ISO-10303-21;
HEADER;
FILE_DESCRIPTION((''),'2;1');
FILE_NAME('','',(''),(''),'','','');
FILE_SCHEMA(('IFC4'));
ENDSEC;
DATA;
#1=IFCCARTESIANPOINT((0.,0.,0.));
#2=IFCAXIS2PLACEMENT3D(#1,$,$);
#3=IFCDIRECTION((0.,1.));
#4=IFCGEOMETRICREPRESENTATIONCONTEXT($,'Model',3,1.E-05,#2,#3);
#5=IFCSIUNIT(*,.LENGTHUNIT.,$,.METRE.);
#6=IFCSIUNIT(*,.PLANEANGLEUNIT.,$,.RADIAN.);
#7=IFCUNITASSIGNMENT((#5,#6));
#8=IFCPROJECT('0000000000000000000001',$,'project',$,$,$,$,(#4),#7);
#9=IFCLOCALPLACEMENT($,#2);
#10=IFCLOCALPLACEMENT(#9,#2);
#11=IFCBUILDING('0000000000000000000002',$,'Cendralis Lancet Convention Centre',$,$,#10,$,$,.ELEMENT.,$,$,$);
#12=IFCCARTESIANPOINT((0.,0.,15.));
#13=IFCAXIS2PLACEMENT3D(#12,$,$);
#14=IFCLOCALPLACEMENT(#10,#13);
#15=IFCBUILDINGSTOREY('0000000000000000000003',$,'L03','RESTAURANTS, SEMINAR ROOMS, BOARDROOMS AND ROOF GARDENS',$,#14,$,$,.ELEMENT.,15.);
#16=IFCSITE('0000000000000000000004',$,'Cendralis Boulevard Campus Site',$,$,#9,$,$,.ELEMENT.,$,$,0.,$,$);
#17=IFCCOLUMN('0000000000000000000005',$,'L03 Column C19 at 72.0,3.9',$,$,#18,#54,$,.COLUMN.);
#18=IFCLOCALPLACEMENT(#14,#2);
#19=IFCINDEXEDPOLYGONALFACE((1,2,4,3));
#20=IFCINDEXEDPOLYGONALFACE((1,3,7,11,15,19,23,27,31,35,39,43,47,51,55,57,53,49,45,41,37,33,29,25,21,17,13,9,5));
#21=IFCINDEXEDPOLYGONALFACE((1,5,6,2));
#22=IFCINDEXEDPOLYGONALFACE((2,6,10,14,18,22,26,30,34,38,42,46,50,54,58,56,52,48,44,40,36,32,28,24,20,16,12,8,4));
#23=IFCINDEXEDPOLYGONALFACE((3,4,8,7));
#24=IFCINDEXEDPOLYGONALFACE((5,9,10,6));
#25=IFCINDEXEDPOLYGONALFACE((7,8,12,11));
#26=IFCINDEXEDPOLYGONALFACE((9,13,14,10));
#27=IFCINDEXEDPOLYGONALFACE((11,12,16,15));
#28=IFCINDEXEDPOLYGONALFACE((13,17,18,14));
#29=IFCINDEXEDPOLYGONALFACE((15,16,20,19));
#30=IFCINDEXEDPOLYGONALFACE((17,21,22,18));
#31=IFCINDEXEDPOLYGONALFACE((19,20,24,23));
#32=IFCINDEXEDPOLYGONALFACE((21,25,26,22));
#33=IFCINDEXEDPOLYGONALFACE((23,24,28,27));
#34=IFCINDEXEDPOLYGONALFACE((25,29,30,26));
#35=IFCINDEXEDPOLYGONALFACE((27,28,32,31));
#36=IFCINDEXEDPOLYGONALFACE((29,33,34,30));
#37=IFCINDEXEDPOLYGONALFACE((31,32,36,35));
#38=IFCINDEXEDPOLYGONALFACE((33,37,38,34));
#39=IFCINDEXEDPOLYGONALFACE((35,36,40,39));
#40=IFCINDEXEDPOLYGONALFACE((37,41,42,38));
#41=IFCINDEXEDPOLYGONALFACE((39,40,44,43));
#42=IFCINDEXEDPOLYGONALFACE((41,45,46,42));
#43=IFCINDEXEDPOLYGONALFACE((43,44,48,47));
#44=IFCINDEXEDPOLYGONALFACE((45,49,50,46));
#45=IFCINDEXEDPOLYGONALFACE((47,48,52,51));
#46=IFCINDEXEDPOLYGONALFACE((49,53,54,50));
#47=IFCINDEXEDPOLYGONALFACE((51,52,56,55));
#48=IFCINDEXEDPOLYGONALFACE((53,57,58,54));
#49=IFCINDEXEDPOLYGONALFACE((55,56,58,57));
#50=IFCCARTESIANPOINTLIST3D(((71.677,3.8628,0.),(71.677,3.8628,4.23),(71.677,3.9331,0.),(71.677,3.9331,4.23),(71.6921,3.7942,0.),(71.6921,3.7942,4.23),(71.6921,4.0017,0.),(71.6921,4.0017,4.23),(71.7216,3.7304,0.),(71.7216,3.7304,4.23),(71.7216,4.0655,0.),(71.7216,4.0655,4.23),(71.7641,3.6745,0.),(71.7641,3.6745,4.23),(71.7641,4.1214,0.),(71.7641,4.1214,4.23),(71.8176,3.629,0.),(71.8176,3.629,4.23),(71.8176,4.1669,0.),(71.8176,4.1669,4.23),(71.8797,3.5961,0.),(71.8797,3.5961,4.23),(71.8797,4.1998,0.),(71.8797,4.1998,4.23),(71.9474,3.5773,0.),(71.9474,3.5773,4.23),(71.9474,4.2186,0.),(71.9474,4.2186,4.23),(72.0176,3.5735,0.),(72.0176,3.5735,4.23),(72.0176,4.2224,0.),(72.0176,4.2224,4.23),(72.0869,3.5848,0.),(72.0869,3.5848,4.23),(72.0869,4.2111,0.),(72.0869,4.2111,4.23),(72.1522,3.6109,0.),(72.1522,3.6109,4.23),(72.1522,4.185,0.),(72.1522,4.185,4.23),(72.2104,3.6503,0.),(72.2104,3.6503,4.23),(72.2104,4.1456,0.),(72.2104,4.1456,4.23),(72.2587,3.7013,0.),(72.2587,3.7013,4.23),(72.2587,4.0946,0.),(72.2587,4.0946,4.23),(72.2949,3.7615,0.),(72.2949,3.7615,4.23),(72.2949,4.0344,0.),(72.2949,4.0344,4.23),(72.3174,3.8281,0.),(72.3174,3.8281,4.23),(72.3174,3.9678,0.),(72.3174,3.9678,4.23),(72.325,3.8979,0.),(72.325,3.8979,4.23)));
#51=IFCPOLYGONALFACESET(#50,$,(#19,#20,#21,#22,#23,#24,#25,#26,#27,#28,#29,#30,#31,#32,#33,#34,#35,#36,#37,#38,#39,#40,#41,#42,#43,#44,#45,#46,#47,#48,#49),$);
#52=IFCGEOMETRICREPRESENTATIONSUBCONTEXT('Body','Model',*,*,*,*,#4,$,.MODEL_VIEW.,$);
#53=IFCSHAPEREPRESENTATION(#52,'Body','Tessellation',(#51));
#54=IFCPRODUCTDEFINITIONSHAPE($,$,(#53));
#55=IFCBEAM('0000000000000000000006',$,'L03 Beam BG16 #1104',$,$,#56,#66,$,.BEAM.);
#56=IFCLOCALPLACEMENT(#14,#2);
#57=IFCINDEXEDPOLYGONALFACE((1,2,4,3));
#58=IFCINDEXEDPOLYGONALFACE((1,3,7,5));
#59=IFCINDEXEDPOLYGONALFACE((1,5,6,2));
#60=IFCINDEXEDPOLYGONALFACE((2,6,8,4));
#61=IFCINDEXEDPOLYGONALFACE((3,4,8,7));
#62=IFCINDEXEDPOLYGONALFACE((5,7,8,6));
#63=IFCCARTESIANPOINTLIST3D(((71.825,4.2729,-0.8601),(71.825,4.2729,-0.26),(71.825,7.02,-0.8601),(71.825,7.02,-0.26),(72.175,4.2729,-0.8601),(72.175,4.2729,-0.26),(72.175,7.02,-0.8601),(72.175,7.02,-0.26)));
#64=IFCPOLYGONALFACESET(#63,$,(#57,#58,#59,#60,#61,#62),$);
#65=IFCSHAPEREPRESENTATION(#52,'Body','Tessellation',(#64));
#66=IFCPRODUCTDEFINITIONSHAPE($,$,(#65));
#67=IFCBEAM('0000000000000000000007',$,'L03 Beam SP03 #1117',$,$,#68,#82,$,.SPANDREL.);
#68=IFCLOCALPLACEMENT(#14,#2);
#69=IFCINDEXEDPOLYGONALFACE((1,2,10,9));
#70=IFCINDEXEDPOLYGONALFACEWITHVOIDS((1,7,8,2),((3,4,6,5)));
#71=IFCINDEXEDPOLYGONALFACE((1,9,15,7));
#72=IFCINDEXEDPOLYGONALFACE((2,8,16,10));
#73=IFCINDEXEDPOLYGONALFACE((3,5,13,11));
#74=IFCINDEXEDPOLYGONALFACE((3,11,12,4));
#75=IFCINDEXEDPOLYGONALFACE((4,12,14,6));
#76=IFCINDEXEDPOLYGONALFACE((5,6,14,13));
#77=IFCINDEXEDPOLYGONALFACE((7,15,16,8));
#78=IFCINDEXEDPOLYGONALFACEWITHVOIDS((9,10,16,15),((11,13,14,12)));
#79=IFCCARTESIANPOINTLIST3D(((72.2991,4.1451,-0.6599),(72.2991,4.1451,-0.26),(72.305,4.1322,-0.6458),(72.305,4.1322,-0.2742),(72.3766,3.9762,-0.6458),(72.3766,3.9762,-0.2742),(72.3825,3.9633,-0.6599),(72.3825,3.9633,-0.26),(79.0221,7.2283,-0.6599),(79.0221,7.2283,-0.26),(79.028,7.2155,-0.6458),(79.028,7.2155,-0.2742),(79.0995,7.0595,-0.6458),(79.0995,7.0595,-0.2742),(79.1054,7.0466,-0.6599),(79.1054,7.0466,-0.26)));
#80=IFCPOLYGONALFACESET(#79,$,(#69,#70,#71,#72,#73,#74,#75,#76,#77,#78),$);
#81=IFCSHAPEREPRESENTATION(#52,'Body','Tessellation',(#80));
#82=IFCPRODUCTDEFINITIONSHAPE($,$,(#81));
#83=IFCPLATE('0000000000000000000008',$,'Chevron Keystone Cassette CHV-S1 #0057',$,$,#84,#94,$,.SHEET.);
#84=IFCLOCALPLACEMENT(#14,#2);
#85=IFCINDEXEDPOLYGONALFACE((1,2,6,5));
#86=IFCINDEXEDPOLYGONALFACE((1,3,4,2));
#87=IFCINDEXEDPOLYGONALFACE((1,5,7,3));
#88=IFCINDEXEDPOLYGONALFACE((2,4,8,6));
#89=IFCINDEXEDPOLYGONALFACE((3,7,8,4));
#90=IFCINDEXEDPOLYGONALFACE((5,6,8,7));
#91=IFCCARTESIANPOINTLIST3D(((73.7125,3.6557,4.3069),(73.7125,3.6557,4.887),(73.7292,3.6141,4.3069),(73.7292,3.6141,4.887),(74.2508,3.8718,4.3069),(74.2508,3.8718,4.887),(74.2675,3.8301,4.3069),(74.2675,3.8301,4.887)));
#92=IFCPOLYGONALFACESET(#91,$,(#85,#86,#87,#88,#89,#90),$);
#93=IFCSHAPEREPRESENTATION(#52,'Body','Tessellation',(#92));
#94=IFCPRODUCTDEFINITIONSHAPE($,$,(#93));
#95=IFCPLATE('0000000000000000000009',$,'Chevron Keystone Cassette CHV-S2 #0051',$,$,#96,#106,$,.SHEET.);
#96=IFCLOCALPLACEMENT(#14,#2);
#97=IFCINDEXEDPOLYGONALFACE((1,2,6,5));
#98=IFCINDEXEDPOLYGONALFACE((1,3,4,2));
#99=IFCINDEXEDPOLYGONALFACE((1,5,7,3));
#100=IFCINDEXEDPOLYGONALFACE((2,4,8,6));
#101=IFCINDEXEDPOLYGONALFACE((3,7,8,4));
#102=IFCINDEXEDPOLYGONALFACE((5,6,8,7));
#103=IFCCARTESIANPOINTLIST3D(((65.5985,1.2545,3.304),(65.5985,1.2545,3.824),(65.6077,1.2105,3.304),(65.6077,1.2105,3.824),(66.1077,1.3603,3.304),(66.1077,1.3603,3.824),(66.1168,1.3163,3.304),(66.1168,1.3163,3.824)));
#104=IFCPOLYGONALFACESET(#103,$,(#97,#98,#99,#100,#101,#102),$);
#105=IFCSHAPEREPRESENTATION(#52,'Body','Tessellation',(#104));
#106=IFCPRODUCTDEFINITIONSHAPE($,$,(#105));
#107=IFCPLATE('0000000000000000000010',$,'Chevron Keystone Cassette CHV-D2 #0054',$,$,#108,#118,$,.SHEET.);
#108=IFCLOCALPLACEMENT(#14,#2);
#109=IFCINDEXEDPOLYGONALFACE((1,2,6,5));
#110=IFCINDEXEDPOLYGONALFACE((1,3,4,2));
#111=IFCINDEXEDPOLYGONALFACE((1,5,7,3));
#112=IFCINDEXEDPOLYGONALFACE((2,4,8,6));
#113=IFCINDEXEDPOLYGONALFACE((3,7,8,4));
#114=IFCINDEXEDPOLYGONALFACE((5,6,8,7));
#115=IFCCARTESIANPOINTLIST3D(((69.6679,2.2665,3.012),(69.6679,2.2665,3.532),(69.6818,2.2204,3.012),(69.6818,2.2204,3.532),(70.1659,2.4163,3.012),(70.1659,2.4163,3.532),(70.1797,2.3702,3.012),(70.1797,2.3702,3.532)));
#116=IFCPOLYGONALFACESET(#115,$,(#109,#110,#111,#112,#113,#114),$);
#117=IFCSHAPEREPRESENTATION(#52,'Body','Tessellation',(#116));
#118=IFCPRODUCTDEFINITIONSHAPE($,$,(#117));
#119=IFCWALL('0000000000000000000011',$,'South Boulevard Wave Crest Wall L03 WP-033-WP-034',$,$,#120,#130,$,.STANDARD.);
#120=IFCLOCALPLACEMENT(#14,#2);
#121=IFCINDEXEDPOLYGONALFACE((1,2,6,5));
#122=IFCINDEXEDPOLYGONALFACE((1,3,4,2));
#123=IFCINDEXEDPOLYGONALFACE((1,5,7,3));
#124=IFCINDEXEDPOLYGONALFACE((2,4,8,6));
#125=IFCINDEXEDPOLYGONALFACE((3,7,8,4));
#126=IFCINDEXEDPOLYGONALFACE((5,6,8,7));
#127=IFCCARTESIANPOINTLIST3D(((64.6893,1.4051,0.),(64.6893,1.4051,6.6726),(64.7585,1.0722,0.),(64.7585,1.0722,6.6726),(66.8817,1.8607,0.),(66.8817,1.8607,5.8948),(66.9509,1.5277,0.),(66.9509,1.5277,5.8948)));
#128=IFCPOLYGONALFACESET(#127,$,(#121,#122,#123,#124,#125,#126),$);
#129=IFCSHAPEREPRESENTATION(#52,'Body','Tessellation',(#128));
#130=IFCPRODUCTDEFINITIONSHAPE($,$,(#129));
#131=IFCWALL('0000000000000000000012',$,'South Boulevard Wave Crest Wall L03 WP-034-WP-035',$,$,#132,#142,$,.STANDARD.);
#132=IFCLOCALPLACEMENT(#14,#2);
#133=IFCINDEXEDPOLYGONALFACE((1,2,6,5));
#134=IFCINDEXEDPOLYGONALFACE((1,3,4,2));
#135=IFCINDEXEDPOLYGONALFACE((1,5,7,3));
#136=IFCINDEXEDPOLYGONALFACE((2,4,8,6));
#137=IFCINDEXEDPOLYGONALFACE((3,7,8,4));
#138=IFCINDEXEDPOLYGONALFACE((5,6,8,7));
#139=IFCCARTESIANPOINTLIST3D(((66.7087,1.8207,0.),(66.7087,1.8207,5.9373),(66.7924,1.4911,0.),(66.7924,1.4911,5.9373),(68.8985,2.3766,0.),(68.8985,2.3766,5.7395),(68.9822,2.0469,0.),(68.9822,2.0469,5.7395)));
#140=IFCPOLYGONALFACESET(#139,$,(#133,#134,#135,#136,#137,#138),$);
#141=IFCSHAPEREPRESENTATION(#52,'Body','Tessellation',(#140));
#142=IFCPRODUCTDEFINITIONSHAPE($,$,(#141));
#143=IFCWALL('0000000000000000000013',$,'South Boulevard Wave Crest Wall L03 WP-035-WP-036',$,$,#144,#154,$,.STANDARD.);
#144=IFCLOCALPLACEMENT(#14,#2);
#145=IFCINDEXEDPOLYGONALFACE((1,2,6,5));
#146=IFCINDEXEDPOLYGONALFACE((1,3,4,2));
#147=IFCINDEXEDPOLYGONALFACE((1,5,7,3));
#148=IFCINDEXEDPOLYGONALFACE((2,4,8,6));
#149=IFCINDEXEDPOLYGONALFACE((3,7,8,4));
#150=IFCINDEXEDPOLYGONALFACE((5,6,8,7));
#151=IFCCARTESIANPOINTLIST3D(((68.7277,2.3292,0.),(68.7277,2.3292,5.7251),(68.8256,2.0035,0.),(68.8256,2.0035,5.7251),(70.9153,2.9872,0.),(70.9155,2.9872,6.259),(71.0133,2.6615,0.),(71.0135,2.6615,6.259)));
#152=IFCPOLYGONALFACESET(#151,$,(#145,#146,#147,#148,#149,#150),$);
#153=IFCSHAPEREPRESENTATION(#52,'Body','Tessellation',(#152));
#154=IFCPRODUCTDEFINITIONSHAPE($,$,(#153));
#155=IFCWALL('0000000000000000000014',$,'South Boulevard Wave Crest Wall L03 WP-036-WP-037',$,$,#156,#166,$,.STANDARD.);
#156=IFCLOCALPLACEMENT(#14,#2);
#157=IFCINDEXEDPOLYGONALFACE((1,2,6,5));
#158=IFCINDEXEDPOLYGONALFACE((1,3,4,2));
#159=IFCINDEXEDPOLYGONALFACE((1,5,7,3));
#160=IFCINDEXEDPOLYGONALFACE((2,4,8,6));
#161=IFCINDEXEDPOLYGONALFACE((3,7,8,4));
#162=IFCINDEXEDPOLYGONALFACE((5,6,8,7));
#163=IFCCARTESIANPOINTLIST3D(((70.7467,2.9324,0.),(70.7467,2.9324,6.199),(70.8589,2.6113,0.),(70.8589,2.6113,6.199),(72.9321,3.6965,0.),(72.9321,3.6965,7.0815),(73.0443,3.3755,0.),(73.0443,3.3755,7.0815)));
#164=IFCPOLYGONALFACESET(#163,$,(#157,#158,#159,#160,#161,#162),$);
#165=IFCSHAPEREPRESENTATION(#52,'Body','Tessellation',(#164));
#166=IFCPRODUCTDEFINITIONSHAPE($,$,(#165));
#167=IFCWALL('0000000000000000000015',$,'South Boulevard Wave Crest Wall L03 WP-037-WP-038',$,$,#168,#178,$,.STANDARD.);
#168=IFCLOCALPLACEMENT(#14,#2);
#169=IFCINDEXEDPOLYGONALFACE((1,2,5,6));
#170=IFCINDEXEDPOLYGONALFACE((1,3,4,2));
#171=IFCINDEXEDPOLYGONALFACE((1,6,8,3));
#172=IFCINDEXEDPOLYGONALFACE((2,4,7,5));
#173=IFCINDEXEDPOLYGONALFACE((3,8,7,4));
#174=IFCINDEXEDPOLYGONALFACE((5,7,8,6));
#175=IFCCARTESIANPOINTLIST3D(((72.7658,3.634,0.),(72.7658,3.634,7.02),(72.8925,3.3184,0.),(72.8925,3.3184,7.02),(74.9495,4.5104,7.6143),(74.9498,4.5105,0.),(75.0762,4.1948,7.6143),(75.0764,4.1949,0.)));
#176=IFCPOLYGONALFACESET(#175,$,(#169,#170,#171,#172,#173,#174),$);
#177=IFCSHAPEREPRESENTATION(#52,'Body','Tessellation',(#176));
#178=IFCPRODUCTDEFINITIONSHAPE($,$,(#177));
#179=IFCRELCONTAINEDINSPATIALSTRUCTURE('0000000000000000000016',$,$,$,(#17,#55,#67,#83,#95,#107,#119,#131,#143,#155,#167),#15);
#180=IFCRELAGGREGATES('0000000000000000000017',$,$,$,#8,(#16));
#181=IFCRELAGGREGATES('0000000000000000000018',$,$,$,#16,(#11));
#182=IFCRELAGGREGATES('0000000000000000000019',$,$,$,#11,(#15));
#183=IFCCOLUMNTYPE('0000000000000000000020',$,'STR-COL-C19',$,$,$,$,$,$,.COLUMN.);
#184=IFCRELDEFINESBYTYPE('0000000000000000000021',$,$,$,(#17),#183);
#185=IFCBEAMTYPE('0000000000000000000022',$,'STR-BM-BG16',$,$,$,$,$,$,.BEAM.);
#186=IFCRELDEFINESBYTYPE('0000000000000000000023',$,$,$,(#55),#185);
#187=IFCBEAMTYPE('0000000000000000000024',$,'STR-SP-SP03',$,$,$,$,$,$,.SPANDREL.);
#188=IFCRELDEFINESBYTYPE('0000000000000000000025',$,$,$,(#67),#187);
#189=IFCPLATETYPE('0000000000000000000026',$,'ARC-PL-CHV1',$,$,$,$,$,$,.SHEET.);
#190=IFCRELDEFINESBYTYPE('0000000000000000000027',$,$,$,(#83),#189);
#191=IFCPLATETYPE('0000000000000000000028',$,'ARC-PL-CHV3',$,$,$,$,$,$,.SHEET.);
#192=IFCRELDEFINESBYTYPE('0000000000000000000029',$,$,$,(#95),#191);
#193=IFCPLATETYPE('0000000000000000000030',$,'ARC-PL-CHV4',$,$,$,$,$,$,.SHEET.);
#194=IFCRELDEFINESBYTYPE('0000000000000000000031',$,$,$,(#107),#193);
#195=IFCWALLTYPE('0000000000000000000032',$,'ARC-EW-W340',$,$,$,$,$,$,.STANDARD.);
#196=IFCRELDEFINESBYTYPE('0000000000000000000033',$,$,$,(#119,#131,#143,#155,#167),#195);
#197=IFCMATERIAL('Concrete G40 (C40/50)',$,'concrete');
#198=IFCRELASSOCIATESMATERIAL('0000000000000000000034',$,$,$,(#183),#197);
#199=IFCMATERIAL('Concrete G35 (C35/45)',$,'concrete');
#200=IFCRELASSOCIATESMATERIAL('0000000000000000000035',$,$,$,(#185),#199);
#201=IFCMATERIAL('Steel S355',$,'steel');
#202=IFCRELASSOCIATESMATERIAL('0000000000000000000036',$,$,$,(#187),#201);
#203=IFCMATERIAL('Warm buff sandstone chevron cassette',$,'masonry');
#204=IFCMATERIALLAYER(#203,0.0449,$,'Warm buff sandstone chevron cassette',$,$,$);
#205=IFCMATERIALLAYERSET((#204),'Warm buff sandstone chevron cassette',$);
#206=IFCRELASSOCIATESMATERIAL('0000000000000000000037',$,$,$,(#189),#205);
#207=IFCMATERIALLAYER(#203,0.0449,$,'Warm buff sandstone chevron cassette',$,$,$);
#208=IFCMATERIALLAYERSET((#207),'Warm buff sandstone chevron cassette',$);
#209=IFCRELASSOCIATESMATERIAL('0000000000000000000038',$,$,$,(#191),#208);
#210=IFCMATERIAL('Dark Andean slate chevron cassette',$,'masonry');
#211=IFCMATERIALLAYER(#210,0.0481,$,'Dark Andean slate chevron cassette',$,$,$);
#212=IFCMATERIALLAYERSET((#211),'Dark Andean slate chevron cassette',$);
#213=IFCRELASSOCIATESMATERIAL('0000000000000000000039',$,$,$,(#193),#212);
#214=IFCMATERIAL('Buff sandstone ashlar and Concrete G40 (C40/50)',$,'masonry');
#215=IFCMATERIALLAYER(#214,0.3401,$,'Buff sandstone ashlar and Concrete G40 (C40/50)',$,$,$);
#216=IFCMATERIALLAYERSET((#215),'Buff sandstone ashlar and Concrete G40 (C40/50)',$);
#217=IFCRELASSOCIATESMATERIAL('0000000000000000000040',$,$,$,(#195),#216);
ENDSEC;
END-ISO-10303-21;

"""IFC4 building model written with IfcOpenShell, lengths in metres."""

from ifc_helpers import new_model, si_unit, direction, frame, origin, origin_2d, place, context, subcontext, project, spatial, polyline, rectangle, hollow_rectangle, circle, outline, extrude, material, layer, layer_set, material_profile, profile_set, type_object, element, save


model = new_model("IFC4")

# Units and contexts
model_context = context("Model", 3, precision=1e-05, world=origin(), true_north=direction((0.0, 1.0)))
body_context = subcontext(model_context, "Body", "Model", "MODEL_VIEW")
ifc_project = project(units=[si_unit("LENGTHUNIT", "METRE"), si_unit("PLANEANGLEUNIT", "RADIAN")], contexts=[model_context])

# Site, building, storey
site_placement = place(None, origin())
site = spatial("IfcSite", under=ifc_project, at=site_placement, Name="Cendralis Boulevard Campus Site", CompositionType="ELEMENT", RefElevation=0.0)
building_placement = place(site_placement, origin())
building = spatial("IfcBuilding", under=site, at=building_placement, Name="Cendralis Lancet Convention Centre", CompositionType="ELEMENT")
storey_placement = place(building_placement, frame((0.0, 0.0, 15.0)))
storey = spatial("IfcBuildingStorey", under=building, at=storey_placement, Name="L03", Description="RESTAURANTS, SEMINAR ROOMS, BOARDROOMS AND ROOF GARDENS", CompositionType="ELEMENT", Elevation=15.0)

# Column
ifc_material_1 = material(Name="Concrete G40 (C40/50)", Category="concrete")
ifc_material_profile_1 = material_profile(ifc_material_1, circle(Radius=0.325, at=origin_2d()), Name="RC D650")
ifc_profile_set_1 = profile_set([ifc_material_profile_1], Name="Concrete G40 (C40/50)")
column_type = type_object("IfcColumnType", Name="STR-COL-C19", PredefinedType="COLUMN", material=ifc_profile_set_1)
column_placement = place(storey_placement, frame((72.0, 3.8979, 0.0), z_axis=(0.0, 0.0, 1.0), x_axis=(1.0, 0.0, 0.0)))
element("IfcColumn", 1, at=column_placement, inside=storey, type_object=column_type, Name="L03 Column C19 at 72.0,3.9", PredefinedType="COLUMN", context=body_context, shape_type="SweptSolid", body=[
    extrude(circle(Radius=0.325, at=origin_2d()), origin(), (0.0, 0.0, 1.0), 4.23),
])

# Beams
ifc_material_2 = material(Name="Concrete G35 (C35/45)", Category="concrete")
ifc_material_profile_2 = material_profile(ifc_material_2, rectangle(XDim=0.3501, YDim=0.6001, at=origin_2d()), Name="RCB 350x600")
ifc_profile_set_2 = profile_set([ifc_material_profile_2], Name="Concrete G35 (C35/45)")
beam_type_1 = type_object("IfcBeamType", Name="STR-BM-BG16", PredefinedType="BEAM", material=ifc_profile_set_2)
beam_1_placement = place(storey_placement, frame((72.0, 4.2729, -0.5601), z_axis=(0.0, 1.0, 0.0), x_axis=(-1.0, 0.0, 0.0)))
element("IfcBeam", 2, at=beam_1_placement, inside=storey, type_object=beam_type_1, Name="L03 Beam BG16 #1104", PredefinedType="BEAM", context=body_context, shape_type="SweptSolid", body=[
    extrude(rectangle(XDim=0.3501, YDim=0.6001, at=origin_2d()), origin(), (0.0, 0.0, 1.0), 2.7471),
])
ifc_material_3 = material(Name="Steel S355", Category="steel")
ifc_material_profile_3 = material_profile(ifc_material_3, hollow_rectangle(XDim=0.2, YDim=0.3999, WallThickness=0.0142, at=origin_2d()), Name="RHS 400x200x14.2")
ifc_profile_set_3 = profile_set([ifc_material_profile_3], Name="Steel S355")
beam_type_2 = type_object("IfcBeamType", Name="STR-SP-SP03", PredefinedType="SPANDREL", material=ifc_profile_set_3)
beam_2_placement = place(storey_placement, frame((72.3408, 4.0542, -0.46), z_axis=(0.908966, 0.41687, 0.0), x_axis=(-0.41687, 0.908966, 0.0)))
element("IfcBeam", 3, at=beam_2_placement, inside=storey, type_object=beam_type_2, Name="L03 Beam SP03 #1117", PredefinedType="SPANDREL", context=body_context, shape_type="SweptSolid", body=[
    extrude(hollow_rectangle(XDim=0.2, YDim=0.3999, WallThickness=0.0142, at=origin_2d()), origin(), (0.0, 0.0, 1.0), 7.3962),
])

# Plates
ifc_material_4 = material(Name="Warm buff sandstone chevron cassette", Category="masonry")
ifc_layer_1 = layer(ifc_material_4, 0.0449, Name="Warm buff sandstone chevron cassette")
ifc_layer_set_1 = layer_set([ifc_layer_1], Name="Warm buff sandstone chevron cassette")
plate_type_1 = type_object("IfcPlateType", Name="ARC-PL-CHV1", PredefinedType="SHEET", material=ifc_layer_set_1)
plate_1_placement = place(storey_placement, frame((73.99, 3.7429, 4.3069), z_axis=(0.0, 0.0, 1.0), x_axis=(0.928064, 0.372421, 0.0)))
element("IfcPlate", 4, at=plate_1_placement, inside=storey, type_object=plate_type_1, Name="Chevron Keystone Cassette CHV-S1 #0057", PredefinedType="SHEET", context=body_context, shape_type="SweptSolid", body=[
    extrude(rectangle(XDim=0.5801, YDim=0.0449, at=origin_2d()), origin(), (0.0, 0.0, 1.0), 0.5801),
])
ifc_layer_2 = layer(ifc_material_4, 0.0449, Name="Warm buff sandstone chevron cassette")
ifc_layer_set_2 = layer_set([ifc_layer_2], Name="Warm buff sandstone chevron cassette")
plate_type_2 = type_object("IfcPlateType", Name="ARC-PL-CHV3", PredefinedType="SHEET", material=ifc_layer_set_2)
plate_2_placement = place(storey_placement, frame((65.8577, 1.2854, 3.304), z_axis=(0.0, 0.0, 1.0), x_axis=(0.979085, 0.203454, 0.0)))
element("IfcPlate", 5, at=plate_2_placement, inside=storey, type_object=plate_type_2, Name="Chevron Keystone Cassette CHV-S2 #0051", PredefinedType="SHEET", context=body_context, shape_type="SweptSolid", body=[
    extrude(rectangle(XDim=0.52, YDim=0.0449, at=origin_2d()), origin(), (0.0, 0.0, 1.0), 0.52),
])
ifc_material_5 = material(Name="Dark Andean slate chevron cassette", Category="masonry")
ifc_layer_3 = layer(ifc_material_5, 0.0481, Name="Dark Andean slate chevron cassette")
ifc_layer_set_3 = layer_set([ifc_layer_3], Name="Dark Andean slate chevron cassette")
plate_type_3 = type_object("IfcPlateType", Name="ARC-PL-CHV4", PredefinedType="SHEET", material=ifc_layer_set_3)
plate_3_placement = place(storey_placement, frame((69.9238, 2.3184, 3.012), z_axis=(0.0, 0.0, 1.0), x_axis=(0.957632, 0.287996, 0.0)))
element("IfcPlate", 6, at=plate_3_placement, inside=storey, type_object=plate_type_3, Name="Chevron Keystone Cassette CHV-D2 #0054", PredefinedType="SHEET", context=body_context, shape_type="SweptSolid", body=[
    extrude(rectangle(XDim=0.52, YDim=0.0481, at=origin_2d()), origin(), (0.0, 0.0, 1.0), 0.52),
])

# Walls
ifc_material_6 = material(Name="Buff sandstone ashlar and Concrete G40 (C40/50)", Category="masonry")
ifc_layer_4 = layer(ifc_material_6, 0.3401, Name="Buff sandstone ashlar and Concrete G40 (C40/50)")
ifc_layer_set_4 = layer_set([ifc_layer_4], Name="Buff sandstone ashlar and Concrete G40 (C40/50)")
wall_type_1 = type_object("IfcWallType", Name="ARC-EW-W340", PredefinedType="STANDARD", material=ifc_layer_set_4)
wall_1_placement = place(storey_placement, frame((64.7239, 1.2388, 0.0), z_axis=(0.0, 0.0, 1.0), x_axis=(0.979086, 0.203449, 0.0)))
element("IfcWall", 7, at=wall_1_placement, inside=storey, type_object=wall_type_1, Name="South Boulevard Wave Crest Wall L03 WP-033-WP-034", PredefinedType="STANDARD", context=body_context, shape_type="SweptSolid", body=[
    extrude(outline(polyline([(0.0, 0.0), (2.2393, 0.0), (2.2393, 5.8948), (0.0, 6.6726), (0.0, 0.0)])), frame((0.0, 0.1699, 0.0), z_axis=(0.0, -1.0, 0.0), x_axis=(1.0, 0.0, 0.0)), (0.0, 0.0, 1.0), 0.3401),
])
wall_2_placement = place(storey_placement, frame((66.7505, 1.656, 0.0), z_axis=(0.0, 0.0, 1.0), x_axis=(0.969259, 0.246043, 0.0)))
element("IfcWall", 8, at=wall_2_placement, inside=storey, type_object=wall_type_1, Name="South Boulevard Wave Crest Wall L03 WP-034-WP-035", PredefinedType="STANDARD", context=body_context, shape_type="SweptSolid", body=[
    extrude(outline(polyline([(0.0, 0.0), (2.2593, 0.0), (2.2593, 5.7395), (0.0, 5.9373), (0.0, 0.0)])), frame((0.0, 0.1699, 0.0), z_axis=(0.0, -1.0, 0.0), x_axis=(1.0, 0.0, 0.0)), (0.0, 0.0, 1.0), 0.3401),
])
wall_3_placement = place(storey_placement, frame((68.7766, 2.1665, 0.0), z_axis=(0.0, 0.0, 1.0), x_axis=(0.957629, 0.288005, 0.0)))
element("IfcWall", 9, at=wall_3_placement, inside=storey, type_object=wall_type_1, Name="South Boulevard Wave Crest Wall L03 WP-035-WP-036", PredefinedType="STANDARD", context=body_context, shape_type="SweptSolid", body=[
    extrude(outline(polyline([(0.0, 0.0), (2.2844, 0.0), (2.2847, 6.259), (0.0, 5.7251), (0.0, 0.0)])), frame((0.0, 0.1699, 0.0), z_axis=(0.0, -1.0, 0.0), x_axis=(1.0, 0.0, 0.0)), (0.0, 0.0, 1.0), 0.3401),
])
wall_4_placement = place(storey_placement, frame((70.8027, 2.772, 0.0), z_axis=(0.0, 0.0, 1.0), x_axis=(0.943964, 0.33005, 0.0)))
element("IfcWall", 10, at=wall_4_placement, inside=storey, type_object=wall_type_1, Name="South Boulevard Wave Crest Wall L03 WP-036-WP-037", PredefinedType="STANDARD", context=body_context, shape_type="SweptSolid", body=[
    extrude(outline(polyline([(0.0, 0.0), (2.3152, 0.0), (2.3152, 7.0815), (0.0, 6.199), (0.0, 0.0)])), frame((0.0, 0.1699, 0.0), z_axis=(0.0, -1.0, 0.0), x_axis=(1.0, 0.0, 0.0)), (0.0, 0.0, 1.0), 0.3401),
])
wall_5_placement = place(storey_placement, frame((72.8291, 3.4763, 0.0), z_axis=(0.0, 0.0, 1.0), x_axis=(0.928047, 0.372464, 0.0)))
element("IfcWall", 11, at=wall_5_placement, inside=storey, type_object=wall_type_1, Name="South Boulevard Wave Crest Wall L03 WP-037-WP-038", PredefinedType="STANDARD", context=body_context, shape_type="SweptSolid", body=[
    extrude(outline(polyline([(0.0, 0.0), (2.3533, 0.0), (2.353, 7.6143), (0.0, 7.02), (0.0, 0.0)])), frame((0.0, 0.1699, 0.0), z_axis=(0.0, -1.0, 0.0), x_axis=(1.0, 0.0, 0.0)), (0.0, 0.0, 1.0), 0.3401),
])

save(model, "model.ifc")
